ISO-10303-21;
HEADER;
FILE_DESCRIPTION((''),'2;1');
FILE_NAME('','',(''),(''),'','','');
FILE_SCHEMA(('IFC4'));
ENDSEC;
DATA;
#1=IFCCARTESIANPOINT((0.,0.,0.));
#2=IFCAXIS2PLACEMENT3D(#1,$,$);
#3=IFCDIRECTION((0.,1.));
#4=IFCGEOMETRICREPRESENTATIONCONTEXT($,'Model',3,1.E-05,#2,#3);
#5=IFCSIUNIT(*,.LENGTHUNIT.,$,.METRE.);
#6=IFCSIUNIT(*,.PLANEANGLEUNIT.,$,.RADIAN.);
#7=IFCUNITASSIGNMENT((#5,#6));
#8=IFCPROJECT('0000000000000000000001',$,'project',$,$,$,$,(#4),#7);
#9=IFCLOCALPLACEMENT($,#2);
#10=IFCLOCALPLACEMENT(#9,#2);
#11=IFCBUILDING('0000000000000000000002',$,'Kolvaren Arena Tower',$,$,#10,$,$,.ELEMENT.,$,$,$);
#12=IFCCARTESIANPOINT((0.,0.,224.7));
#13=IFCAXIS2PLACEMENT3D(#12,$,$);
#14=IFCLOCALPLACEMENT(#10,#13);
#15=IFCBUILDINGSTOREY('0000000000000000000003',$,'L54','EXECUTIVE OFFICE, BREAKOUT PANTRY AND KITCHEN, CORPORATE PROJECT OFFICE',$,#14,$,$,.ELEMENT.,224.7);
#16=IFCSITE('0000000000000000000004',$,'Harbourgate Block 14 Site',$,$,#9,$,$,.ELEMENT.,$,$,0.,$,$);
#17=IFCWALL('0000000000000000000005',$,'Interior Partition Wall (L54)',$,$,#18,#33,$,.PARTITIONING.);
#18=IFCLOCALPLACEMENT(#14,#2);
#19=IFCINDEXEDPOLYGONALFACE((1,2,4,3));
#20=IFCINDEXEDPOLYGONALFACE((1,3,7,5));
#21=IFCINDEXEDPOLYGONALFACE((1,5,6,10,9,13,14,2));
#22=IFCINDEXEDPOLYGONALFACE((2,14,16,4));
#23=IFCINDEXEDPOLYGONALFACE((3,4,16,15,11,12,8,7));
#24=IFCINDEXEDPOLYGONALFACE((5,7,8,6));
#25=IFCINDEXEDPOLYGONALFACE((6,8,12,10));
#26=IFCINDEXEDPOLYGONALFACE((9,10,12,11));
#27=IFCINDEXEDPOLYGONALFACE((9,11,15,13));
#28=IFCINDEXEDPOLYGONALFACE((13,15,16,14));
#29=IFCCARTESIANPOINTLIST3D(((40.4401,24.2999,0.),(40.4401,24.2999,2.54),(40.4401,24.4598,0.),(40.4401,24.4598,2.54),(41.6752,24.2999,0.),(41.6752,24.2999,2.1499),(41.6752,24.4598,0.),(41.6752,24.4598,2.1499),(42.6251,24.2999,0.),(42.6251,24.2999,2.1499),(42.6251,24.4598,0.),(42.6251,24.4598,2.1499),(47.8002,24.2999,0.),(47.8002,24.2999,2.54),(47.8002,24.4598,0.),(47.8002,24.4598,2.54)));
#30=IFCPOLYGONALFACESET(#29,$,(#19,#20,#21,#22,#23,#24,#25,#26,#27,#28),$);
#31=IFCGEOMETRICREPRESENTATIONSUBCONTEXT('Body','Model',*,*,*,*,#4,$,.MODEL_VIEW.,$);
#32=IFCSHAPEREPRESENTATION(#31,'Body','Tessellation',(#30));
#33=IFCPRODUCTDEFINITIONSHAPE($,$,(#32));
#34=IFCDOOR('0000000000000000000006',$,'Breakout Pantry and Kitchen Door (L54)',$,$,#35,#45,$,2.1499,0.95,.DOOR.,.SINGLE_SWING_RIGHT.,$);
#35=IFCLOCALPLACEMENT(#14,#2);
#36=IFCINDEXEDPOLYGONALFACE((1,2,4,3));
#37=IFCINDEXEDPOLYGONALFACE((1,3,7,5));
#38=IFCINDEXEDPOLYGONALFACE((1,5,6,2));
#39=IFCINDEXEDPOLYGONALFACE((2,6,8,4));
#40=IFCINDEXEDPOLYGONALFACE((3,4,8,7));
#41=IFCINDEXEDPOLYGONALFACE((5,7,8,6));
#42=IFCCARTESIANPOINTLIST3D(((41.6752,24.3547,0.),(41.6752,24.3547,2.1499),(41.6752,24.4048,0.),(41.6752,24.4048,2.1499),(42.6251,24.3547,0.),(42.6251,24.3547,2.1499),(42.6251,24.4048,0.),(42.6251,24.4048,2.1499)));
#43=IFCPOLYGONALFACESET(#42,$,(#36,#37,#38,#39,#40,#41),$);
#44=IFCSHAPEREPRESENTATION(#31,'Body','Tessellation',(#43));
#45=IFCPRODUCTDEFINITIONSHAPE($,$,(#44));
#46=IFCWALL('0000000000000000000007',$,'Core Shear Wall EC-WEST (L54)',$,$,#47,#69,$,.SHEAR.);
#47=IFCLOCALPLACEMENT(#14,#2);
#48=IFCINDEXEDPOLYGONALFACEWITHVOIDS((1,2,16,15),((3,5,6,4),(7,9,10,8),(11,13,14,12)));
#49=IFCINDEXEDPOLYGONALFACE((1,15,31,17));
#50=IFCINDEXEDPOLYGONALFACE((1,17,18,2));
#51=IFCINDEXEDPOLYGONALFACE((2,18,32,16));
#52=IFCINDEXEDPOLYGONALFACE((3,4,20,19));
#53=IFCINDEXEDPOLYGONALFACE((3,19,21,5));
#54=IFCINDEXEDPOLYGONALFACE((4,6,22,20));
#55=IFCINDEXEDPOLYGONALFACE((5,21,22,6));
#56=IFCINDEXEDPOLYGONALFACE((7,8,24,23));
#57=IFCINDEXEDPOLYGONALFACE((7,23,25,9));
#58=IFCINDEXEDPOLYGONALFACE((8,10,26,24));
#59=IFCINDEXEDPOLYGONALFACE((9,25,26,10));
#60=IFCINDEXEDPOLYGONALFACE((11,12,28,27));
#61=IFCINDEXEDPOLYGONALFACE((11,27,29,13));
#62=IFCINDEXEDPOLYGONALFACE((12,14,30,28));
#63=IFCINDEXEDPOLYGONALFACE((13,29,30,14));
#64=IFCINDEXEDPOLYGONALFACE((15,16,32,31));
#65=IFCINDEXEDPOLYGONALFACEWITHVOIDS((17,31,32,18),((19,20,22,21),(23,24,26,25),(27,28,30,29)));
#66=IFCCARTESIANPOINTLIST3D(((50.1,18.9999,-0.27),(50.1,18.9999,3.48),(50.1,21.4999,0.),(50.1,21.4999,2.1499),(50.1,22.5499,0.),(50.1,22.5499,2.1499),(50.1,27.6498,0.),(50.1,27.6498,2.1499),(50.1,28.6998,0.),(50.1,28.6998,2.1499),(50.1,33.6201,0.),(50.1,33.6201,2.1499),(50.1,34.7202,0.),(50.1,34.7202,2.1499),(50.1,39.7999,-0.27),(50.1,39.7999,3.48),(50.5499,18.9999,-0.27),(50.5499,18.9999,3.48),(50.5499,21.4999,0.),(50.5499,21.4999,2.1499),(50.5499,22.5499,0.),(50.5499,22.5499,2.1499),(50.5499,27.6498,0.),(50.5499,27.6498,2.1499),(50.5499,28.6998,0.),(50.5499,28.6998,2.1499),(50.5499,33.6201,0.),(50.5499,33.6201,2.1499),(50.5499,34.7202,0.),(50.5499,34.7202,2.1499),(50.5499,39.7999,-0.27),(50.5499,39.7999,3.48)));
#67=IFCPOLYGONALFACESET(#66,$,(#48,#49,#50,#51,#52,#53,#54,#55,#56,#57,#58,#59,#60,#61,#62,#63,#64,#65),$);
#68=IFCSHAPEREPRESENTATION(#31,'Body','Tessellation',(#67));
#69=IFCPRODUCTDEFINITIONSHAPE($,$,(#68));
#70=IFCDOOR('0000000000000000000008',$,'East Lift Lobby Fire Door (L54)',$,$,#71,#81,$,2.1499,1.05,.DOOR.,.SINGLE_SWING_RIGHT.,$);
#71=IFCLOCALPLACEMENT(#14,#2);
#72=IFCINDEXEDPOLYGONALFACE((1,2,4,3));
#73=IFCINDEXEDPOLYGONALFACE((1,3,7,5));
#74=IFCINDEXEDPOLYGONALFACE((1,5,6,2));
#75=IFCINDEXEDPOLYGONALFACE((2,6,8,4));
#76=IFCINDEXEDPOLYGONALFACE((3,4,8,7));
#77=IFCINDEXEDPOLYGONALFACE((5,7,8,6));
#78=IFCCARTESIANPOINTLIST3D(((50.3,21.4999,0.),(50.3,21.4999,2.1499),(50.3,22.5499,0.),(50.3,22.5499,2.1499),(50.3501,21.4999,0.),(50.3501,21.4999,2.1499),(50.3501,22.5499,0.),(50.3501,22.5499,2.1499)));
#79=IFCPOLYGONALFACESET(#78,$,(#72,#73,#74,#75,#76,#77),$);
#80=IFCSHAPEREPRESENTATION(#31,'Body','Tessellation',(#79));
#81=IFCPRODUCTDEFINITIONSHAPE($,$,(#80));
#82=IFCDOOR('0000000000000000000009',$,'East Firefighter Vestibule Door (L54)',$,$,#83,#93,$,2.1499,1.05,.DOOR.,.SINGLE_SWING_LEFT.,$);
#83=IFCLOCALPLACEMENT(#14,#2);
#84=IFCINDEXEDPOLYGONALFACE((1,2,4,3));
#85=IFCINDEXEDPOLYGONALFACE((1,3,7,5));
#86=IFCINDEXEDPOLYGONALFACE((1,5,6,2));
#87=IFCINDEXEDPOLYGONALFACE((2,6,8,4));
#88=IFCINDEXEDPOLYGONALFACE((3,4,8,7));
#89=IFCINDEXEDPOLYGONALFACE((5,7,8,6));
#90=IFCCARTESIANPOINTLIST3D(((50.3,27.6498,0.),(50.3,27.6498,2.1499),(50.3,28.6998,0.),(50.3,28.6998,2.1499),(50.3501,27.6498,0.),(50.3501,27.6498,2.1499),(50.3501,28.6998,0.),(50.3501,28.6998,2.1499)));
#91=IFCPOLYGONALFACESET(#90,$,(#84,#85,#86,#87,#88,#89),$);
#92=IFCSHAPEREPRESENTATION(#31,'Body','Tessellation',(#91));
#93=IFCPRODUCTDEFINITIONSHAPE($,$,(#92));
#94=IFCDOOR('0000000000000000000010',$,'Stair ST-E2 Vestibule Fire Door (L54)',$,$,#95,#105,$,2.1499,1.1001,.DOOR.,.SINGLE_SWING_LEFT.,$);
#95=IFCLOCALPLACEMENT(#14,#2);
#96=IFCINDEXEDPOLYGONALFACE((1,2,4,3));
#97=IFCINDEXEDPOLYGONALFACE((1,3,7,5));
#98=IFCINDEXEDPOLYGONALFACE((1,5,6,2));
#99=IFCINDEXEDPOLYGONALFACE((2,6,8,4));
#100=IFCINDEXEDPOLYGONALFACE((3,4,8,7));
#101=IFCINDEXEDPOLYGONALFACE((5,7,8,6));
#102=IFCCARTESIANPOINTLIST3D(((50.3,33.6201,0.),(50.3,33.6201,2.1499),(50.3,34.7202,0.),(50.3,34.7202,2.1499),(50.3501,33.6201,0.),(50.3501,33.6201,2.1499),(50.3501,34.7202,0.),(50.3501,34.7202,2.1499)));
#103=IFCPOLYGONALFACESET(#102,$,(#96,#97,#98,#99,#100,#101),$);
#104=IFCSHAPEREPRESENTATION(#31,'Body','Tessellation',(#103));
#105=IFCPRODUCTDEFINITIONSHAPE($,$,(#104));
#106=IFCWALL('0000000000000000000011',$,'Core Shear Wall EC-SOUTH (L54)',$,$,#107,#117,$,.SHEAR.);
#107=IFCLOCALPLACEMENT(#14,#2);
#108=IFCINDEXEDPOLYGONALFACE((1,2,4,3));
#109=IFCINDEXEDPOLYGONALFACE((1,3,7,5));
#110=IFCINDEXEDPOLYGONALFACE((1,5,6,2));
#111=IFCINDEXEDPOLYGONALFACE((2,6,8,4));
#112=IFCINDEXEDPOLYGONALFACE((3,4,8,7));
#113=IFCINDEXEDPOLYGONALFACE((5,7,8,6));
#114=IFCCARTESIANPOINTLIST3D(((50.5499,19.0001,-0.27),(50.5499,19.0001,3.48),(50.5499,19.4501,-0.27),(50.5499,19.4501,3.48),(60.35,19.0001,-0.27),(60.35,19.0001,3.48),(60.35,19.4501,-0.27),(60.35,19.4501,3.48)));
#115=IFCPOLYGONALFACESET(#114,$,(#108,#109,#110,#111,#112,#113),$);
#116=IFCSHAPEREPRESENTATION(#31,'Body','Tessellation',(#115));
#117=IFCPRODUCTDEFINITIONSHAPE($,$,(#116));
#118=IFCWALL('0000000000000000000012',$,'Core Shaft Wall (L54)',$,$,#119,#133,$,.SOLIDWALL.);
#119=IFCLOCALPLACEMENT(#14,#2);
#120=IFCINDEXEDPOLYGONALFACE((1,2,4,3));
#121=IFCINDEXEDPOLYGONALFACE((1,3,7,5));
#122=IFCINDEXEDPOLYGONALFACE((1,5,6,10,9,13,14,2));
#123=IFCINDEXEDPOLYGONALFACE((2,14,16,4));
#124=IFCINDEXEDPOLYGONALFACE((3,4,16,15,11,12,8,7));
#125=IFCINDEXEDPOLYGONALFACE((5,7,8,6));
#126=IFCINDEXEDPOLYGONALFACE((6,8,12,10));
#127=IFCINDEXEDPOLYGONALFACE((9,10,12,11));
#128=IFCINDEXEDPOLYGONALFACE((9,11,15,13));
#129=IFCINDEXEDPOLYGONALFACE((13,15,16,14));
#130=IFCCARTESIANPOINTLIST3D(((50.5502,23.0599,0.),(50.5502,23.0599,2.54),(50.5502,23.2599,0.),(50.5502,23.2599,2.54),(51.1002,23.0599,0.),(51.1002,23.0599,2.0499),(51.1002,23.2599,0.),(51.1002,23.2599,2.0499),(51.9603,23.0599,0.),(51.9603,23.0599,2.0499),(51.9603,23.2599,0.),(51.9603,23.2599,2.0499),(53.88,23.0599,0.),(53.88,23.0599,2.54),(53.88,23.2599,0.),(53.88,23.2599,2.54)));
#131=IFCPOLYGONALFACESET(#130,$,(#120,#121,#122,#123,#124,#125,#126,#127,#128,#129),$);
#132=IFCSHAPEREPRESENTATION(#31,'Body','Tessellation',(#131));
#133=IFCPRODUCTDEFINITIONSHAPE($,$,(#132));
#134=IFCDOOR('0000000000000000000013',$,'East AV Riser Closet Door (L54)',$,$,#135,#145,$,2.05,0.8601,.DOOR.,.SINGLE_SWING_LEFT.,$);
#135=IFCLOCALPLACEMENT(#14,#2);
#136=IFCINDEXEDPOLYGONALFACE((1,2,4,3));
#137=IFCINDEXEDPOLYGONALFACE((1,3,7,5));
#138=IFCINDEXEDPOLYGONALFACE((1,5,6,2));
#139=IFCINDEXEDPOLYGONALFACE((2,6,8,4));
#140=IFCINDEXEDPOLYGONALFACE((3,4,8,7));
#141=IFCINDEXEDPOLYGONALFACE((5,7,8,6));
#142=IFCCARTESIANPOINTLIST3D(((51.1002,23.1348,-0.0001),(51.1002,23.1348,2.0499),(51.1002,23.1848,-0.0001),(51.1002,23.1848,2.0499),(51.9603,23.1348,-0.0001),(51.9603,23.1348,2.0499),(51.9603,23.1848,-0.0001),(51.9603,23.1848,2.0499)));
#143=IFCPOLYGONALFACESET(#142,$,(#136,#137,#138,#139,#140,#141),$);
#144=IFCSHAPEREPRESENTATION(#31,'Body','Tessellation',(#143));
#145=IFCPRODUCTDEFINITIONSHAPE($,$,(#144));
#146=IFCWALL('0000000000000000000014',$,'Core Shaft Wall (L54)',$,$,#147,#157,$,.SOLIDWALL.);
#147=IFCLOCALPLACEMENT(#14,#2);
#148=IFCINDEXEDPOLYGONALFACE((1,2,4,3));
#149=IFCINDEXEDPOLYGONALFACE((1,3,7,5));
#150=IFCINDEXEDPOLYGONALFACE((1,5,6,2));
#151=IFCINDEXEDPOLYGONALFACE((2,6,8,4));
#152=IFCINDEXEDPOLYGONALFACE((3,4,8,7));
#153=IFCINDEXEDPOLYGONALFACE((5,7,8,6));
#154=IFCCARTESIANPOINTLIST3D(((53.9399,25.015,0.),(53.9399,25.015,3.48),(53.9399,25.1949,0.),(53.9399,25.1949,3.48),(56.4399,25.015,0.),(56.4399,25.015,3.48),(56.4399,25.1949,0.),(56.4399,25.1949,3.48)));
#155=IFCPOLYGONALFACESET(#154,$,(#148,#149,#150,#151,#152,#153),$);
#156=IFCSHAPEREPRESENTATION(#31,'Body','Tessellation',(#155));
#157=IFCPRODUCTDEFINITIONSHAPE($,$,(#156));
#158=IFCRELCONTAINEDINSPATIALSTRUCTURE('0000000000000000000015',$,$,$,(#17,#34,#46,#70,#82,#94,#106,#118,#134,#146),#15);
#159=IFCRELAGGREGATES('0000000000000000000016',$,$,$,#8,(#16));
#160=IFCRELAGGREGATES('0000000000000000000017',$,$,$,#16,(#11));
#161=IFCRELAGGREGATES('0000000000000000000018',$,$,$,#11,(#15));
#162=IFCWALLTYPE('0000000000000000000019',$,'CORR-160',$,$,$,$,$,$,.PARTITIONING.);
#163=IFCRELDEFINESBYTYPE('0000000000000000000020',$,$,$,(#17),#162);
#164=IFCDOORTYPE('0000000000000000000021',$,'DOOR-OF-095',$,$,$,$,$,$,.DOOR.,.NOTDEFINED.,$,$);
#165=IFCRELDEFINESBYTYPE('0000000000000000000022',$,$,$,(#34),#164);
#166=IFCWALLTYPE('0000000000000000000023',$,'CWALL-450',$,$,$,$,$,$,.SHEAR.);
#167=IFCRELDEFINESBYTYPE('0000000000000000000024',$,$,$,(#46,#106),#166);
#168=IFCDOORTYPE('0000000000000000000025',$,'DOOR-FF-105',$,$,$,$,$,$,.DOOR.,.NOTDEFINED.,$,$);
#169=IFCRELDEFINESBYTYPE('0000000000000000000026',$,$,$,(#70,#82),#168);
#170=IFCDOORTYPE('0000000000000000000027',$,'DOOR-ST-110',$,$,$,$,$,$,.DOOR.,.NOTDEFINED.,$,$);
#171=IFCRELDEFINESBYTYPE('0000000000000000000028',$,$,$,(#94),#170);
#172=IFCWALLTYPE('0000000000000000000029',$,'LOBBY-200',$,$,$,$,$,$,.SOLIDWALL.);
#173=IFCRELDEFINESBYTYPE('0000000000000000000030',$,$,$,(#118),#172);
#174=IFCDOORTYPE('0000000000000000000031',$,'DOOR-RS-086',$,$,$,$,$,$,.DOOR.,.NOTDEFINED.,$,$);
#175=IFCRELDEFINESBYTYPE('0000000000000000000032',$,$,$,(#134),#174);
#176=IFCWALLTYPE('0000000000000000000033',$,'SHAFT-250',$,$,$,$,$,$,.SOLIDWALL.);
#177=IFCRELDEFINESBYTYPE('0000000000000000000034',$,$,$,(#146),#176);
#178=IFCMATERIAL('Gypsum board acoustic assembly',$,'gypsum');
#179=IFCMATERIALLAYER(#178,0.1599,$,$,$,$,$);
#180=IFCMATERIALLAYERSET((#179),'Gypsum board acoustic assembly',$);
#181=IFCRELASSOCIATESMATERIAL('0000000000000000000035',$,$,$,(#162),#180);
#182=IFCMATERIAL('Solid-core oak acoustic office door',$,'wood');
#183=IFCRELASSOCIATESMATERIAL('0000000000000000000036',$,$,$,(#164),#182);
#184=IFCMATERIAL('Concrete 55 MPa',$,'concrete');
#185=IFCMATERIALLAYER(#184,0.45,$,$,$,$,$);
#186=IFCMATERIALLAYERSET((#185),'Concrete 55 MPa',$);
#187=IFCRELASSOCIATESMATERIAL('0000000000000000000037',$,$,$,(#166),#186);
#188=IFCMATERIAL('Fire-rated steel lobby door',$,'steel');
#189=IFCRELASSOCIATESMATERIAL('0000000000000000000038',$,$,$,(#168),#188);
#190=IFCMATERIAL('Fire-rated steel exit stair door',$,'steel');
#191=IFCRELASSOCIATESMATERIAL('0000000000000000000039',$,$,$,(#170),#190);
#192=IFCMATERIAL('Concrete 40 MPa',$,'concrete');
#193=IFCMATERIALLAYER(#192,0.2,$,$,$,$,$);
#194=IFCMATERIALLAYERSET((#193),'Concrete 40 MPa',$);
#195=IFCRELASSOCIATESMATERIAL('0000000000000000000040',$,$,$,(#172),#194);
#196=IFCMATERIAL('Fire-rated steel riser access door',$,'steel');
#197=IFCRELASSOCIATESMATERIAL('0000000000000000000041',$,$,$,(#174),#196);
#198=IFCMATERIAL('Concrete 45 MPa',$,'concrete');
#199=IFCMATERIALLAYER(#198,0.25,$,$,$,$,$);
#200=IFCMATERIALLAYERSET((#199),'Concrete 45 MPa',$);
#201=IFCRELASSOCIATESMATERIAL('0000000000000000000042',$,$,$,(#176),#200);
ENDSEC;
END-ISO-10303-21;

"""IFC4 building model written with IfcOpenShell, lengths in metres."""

from ifc_helpers import new_model, si_unit, direction, frame, frame_2d, origin, place, context, subcontext, project, spatial, rectangle, extrude, material, layer, layer_set, type_object, element, fill, save


model = new_model("IFC4")

# Units and contexts
model_context = context("Model", 3, precision=1e-05, world=origin(), true_north=direction((0.0, 1.0)))
body_context = subcontext(model_context, "Body", "Model", "MODEL_VIEW")
ifc_project = project(units=[si_unit("LENGTHUNIT", "METRE"), si_unit("PLANEANGLEUNIT", "RADIAN")], contexts=[model_context])

# Site, building, storey
site_placement = place(None, origin())
site = spatial("IfcSite", under=ifc_project, at=site_placement, Name="Harbourgate Block 14 Site", CompositionType="ELEMENT", RefElevation=0.0)
building_placement = place(site_placement, origin())
building = spatial("IfcBuilding", under=site, at=building_placement, Name="Kolvaren Arena Tower", CompositionType="ELEMENT")
storey_placement = place(building_placement, frame((0.0, 0.0, 224.7)))
storey = spatial("IfcBuildingStorey", under=building, at=storey_placement, Name="L54", Description="EXECUTIVE OFFICE, BREAKOUT PANTRY AND KITCHEN, CORPORATE PROJECT OFFICE", CompositionType="ELEMENT", Elevation=224.7)

# Wall, opening, door
ifc_material_1 = material(Name="Gypsum board acoustic assembly", Category="gypsum")
ifc_layer_1 = layer(ifc_material_1, 0.1599)
ifc_layer_set_1 = layer_set([ifc_layer_1], Name="Gypsum board acoustic assembly")
wall_type_1 = type_object("IfcWallType", Name="CORR-160", PredefinedType="PARTITIONING", material=ifc_layer_set_1)
wall_1_placement = place(storey_placement, frame((40.4399, 24.3799, 0.0), z_axis=(0.0, 0.0, 1.0), x_axis=(1.0, 0.0, 0.0)))
wall_1 = element("IfcWall", 1, at=wall_1_placement, inside=storey, type_object=wall_type_1, Name="Interior Partition Wall (L54)", PredefinedType="PARTITIONING", context=body_context, shape_type="SweptSolid", body=[
    extrude(rectangle(XDim=7.3601, YDim=0.1599, at=frame_2d((3.6802, 0.0))), origin(), (0.0, 0.0, 1.0), 2.54),
])
opening_1_placement = place(wall_1_placement, frame((1.2351, 0.0, 0.0)))
opening_1 = element("IfcOpeningElement", 2, at=opening_1_placement, cuts=wall_1, PredefinedType="OPENING", context=body_context, shape_type="SweptSolid", body=[
    extrude(rectangle(XDim=0.95, YDim=2.1499, at=frame_2d((0.4751, 1.075))), frame((0.0, 0.0898, 0.0), z_axis=(0.0, -1.0, 0.0), x_axis=(1.0, 0.0, 0.0)), (0.0, 0.0, 1.0), 0.1799),
])
ifc_material_2 = material(Name="Solid-core oak acoustic office door", Category="wood")
door_type_1 = type_object("IfcDoorType", Name="DOOR-OF-095", OperationType="NOTDEFINED", PredefinedType="DOOR", material=ifc_material_2)
door_1_placement = place(opening_1_placement, origin())
door_1 = element("IfcDoor", 3, at=door_1_placement, inside=storey, type_object=door_type_1, Name="Breakout Pantry and Kitchen Door (L54)", OperationType="SINGLE_SWING_RIGHT", OverallHeight=2.1499, OverallWidth=0.95, PredefinedType="DOOR", context=body_context, shape_type="SweptSolid", body=[
    extrude(rectangle(XDim=0.95, YDim=2.1499, at=frame_2d((0.4751, 1.075))), frame((0.0, 0.0249, 0.0), z_axis=(0.0, -1.0, 0.0), x_axis=(1.0, 0.0, 0.0)), (0.0, 0.0, 1.0), 0.05),
])
fill(opening_1, door_1)

# Wall, openings, doors
ifc_material_3 = material(Name="Concrete 55 MPa", Category="concrete")
ifc_layer_2 = layer(ifc_material_3, 0.45)
ifc_layer_set_2 = layer_set([ifc_layer_2], Name="Concrete 55 MPa")
wall_type_2 = type_object("IfcWallType", Name="CWALL-450", PredefinedType="SHEAR", material=ifc_layer_set_2)
wall_2_placement = place(storey_placement, frame((50.325, 19.0, -0.27), z_axis=(0.0, 0.0, 1.0), x_axis=(0.0, 1.0, 0.0)))
wall_2 = element("IfcWall", 4, at=wall_2_placement, inside=storey, type_object=wall_type_2, Name="Core Shear Wall EC-WEST (L54)", PredefinedType="SHEAR", context=body_context, shape_type="SweptSolid", body=[
    extrude(rectangle(XDim=20.8, YDim=0.45, at=frame_2d((10.3999, 0.0))), origin(), (0.0, 0.0, 1.0), 3.75),
])
opening_2_placement = place(wall_2_placement, frame((2.5, 0.0, 0.27)))
opening_2 = element("IfcOpeningElement", 5, at=opening_2_placement, cuts=wall_2, PredefinedType="OPENING", context=body_context, shape_type="SweptSolid", body=[
    extrude(rectangle(XDim=1.05, YDim=2.1499, at=frame_2d((0.5249, 1.075))), frame((0.0, 0.2349, 0.0), z_axis=(0.0, -1.0, 0.0), x_axis=(1.0, 0.0, 0.0)), (0.0, 0.0, 1.0), 0.47),
])
opening_3_placement = place(wall_2_placement, frame((8.6499, 0.0, 0.27)))
opening_3 = element("IfcOpeningElement", 6, at=opening_3_placement, cuts=wall_2, PredefinedType="OPENING", context=body_context, shape_type="SweptSolid", body=[
    extrude(rectangle(XDim=1.05, YDim=2.1499, at=frame_2d((0.5249, 1.075))), frame((0.0, 0.2349, 0.0), z_axis=(0.0, -1.0, 0.0), x_axis=(1.0, 0.0, 0.0)), (0.0, 0.0, 1.0), 0.47),
])
opening_4_placement = place(wall_2_placement, frame((14.6201, 0.0, 0.27)))
opening_4 = element("IfcOpeningElement", 7, at=opening_4_placement, cuts=wall_2, PredefinedType="OPENING", context=body_context, shape_type="SweptSolid", body=[
    extrude(rectangle(XDim=1.1001, YDim=2.1499, at=frame_2d((0.55, 1.075))), frame((0.0, 0.2349, 0.0), z_axis=(0.0, -1.0, 0.0), x_axis=(1.0, 0.0, 0.0)), (0.0, 0.0, 1.0), 0.47),
])
ifc_material_4 = material(Name="Fire-rated steel lobby door", Category="steel")
door_type_2 = type_object("IfcDoorType", Name="DOOR-FF-105", OperationType="NOTDEFINED", PredefinedType="DOOR", material=ifc_material_4)
door_2_placement = place(opening_2_placement, origin())
door_2 = element("IfcDoor", 8, at=door_2_placement, inside=storey, type_object=door_type_2, Name="East Lift Lobby Fire Door (L54)", OperationType="SINGLE_SWING_RIGHT", OverallHeight=2.1499, OverallWidth=1.05, PredefinedType="DOOR", context=body_context, shape_type="SweptSolid", body=[
    extrude(rectangle(XDim=1.05, YDim=2.1499, at=frame_2d((0.5249, 1.075))), frame((0.0, 0.0249, 0.0), z_axis=(0.0, -1.0, 0.0), x_axis=(1.0, 0.0, 0.0)), (0.0, 0.0, 1.0), 0.05),
])
fill(opening_2, door_2)
door_3_placement = place(opening_3_placement, origin())
door_3 = element("IfcDoor", 9, at=door_3_placement, inside=storey, type_object=door_type_2, Name="East Firefighter Vestibule Door (L54)", OperationType="SINGLE_SWING_LEFT", OverallHeight=2.1499, OverallWidth=1.05, PredefinedType="DOOR", context=body_context, shape_type="SweptSolid", body=[
    extrude(rectangle(XDim=1.05, YDim=2.1499, at=frame_2d((0.5249, 1.075))), frame((0.0, 0.0249, 0.0), z_axis=(0.0, -1.0, 0.0), x_axis=(1.0, 0.0, 0.0)), (0.0, 0.0, 1.0), 0.05),
])
fill(opening_3, door_3)
ifc_material_5 = material(Name="Fire-rated steel exit stair door", Category="steel")
door_type_3 = type_object("IfcDoorType", Name="DOOR-ST-110", OperationType="NOTDEFINED", PredefinedType="DOOR", material=ifc_material_5)
door_4_placement = place(opening_4_placement, origin())
door_4 = element("IfcDoor", 10, at=door_4_placement, inside=storey, type_object=door_type_3, Name="Stair ST-E2 Vestibule Fire Door (L54)", OperationType="SINGLE_SWING_LEFT", OverallHeight=2.1499, OverallWidth=1.1001, PredefinedType="DOOR", context=body_context, shape_type="SweptSolid", body=[
    extrude(rectangle(XDim=1.1001, YDim=2.1499, at=frame_2d((0.55, 1.075))), frame((0.0, 0.0249, 0.0), z_axis=(0.0, -1.0, 0.0), x_axis=(1.0, 0.0, 0.0)), (0.0, 0.0, 1.0), 0.05),
])
fill(opening_4, door_4)

# Wall
wall_3_placement = place(storey_placement, frame((50.55, 19.2251, -0.27), z_axis=(0.0, 0.0, 1.0), x_axis=(1.0, 0.0, 0.0)))
element("IfcWall", 11, at=wall_3_placement, inside=storey, type_object=wall_type_2, Name="Core Shear Wall EC-SOUTH (L54)", PredefinedType="SHEAR", context=body_context, shape_type="SweptSolid", body=[
    extrude(rectangle(XDim=9.8, YDim=0.45, at=frame_2d((4.8999, 0.0))), origin(), (0.0, 0.0, 1.0), 3.75),
])

# Shared definitions
ifc_material_6 = material(Name="Concrete 40 MPa", Category="concrete")
ifc_layer_3 = layer(ifc_material_6, 0.2)
ifc_layer_set_3 = layer_set([ifc_layer_3], Name="Concrete 40 MPa")
wall_type_3 = type_object("IfcWallType", Name="LOBBY-200", PredefinedType="SOLIDWALL", material=ifc_layer_set_3)

# Wall, opening, door
wall_4_placement = place(storey_placement, frame((50.55, 23.1599, 0.0), z_axis=(0.0, 0.0, 1.0), x_axis=(1.0, 0.0, 0.0)))
wall_4 = element("IfcWall", 12, at=wall_4_placement, inside=storey, type_object=wall_type_3, Name="Core Shaft Wall (L54)", PredefinedType="SOLIDWALL", context=body_context, shape_type="SweptSolid", body=[
    extrude(rectangle(XDim=3.3298, YDim=0.2, at=frame_2d((1.665, 0.0))), origin(), (0.0, 0.0, 1.0), 2.54),
])
opening_5_placement = place(wall_4_placement, frame((0.55, 0.0, 0.0)))
opening_5 = element("IfcOpeningElement", 13, at=opening_5_placement, cuts=wall_4, PredefinedType="OPENING", context=body_context, shape_type="SweptSolid", body=[
    extrude(rectangle(XDim=0.8601, YDim=2.05, at=frame_2d((0.4302, 1.0249))), frame((0.0, 0.1099, 0.0), z_axis=(0.0, -1.0, 0.0), x_axis=(1.0, 0.0, 0.0)), (0.0, 0.0, 1.0), 0.22),
])
ifc_material_7 = material(Name="Fire-rated steel riser access door", Category="steel")
door_type_4 = type_object("IfcDoorType", Name="DOOR-RS-086", OperationType="NOTDEFINED", PredefinedType="DOOR", material=ifc_material_7)
door_5_placement = place(opening_5_placement, origin())
door_5 = element("IfcDoor", 14, at=door_5_placement, inside=storey, type_object=door_type_4, Name="East AV Riser Closet Door (L54)", OperationType="SINGLE_SWING_LEFT", OverallHeight=2.05, OverallWidth=0.8601, PredefinedType="DOOR", context=body_context, shape_type="SweptSolid", body=[
    extrude(rectangle(XDim=0.8601, YDim=2.05, at=frame_2d((0.4302, 1.0249))), frame((0.0, 0.0249, 0.0), z_axis=(0.0, -1.0, 0.0), x_axis=(1.0, 0.0, 0.0)), (0.0, 0.0, 1.0), 0.05),
])
fill(opening_5, door_5)

# Wall
ifc_material_8 = material(Name="Concrete 45 MPa", Category="concrete")
ifc_layer_4 = layer(ifc_material_8, 0.25)
ifc_layer_set_4 = layer_set([ifc_layer_4], Name="Concrete 45 MPa")
wall_type_4 = type_object("IfcWallType", Name="SHAFT-250", PredefinedType="SOLIDWALL", material=ifc_layer_set_4)
wall_5_placement = place(storey_placement, frame((53.9399, 25.105, 0.0), z_axis=(0.0, 0.0, 1.0), x_axis=(1.0, 0.0, 0.0)))
element("IfcWall", 15, at=wall_5_placement, inside=storey, type_object=wall_type_4, Name="Core Shaft Wall (L54)", PredefinedType="SOLIDWALL", context=body_context, shape_type="SweptSolid", body=[
    extrude(rectangle(XDim=2.5, YDim=0.1799, at=frame_2d((1.25, 0.0))), origin(), (0.0, 0.0, 1.0), 3.48),
])

save(model, "model.ifc")
